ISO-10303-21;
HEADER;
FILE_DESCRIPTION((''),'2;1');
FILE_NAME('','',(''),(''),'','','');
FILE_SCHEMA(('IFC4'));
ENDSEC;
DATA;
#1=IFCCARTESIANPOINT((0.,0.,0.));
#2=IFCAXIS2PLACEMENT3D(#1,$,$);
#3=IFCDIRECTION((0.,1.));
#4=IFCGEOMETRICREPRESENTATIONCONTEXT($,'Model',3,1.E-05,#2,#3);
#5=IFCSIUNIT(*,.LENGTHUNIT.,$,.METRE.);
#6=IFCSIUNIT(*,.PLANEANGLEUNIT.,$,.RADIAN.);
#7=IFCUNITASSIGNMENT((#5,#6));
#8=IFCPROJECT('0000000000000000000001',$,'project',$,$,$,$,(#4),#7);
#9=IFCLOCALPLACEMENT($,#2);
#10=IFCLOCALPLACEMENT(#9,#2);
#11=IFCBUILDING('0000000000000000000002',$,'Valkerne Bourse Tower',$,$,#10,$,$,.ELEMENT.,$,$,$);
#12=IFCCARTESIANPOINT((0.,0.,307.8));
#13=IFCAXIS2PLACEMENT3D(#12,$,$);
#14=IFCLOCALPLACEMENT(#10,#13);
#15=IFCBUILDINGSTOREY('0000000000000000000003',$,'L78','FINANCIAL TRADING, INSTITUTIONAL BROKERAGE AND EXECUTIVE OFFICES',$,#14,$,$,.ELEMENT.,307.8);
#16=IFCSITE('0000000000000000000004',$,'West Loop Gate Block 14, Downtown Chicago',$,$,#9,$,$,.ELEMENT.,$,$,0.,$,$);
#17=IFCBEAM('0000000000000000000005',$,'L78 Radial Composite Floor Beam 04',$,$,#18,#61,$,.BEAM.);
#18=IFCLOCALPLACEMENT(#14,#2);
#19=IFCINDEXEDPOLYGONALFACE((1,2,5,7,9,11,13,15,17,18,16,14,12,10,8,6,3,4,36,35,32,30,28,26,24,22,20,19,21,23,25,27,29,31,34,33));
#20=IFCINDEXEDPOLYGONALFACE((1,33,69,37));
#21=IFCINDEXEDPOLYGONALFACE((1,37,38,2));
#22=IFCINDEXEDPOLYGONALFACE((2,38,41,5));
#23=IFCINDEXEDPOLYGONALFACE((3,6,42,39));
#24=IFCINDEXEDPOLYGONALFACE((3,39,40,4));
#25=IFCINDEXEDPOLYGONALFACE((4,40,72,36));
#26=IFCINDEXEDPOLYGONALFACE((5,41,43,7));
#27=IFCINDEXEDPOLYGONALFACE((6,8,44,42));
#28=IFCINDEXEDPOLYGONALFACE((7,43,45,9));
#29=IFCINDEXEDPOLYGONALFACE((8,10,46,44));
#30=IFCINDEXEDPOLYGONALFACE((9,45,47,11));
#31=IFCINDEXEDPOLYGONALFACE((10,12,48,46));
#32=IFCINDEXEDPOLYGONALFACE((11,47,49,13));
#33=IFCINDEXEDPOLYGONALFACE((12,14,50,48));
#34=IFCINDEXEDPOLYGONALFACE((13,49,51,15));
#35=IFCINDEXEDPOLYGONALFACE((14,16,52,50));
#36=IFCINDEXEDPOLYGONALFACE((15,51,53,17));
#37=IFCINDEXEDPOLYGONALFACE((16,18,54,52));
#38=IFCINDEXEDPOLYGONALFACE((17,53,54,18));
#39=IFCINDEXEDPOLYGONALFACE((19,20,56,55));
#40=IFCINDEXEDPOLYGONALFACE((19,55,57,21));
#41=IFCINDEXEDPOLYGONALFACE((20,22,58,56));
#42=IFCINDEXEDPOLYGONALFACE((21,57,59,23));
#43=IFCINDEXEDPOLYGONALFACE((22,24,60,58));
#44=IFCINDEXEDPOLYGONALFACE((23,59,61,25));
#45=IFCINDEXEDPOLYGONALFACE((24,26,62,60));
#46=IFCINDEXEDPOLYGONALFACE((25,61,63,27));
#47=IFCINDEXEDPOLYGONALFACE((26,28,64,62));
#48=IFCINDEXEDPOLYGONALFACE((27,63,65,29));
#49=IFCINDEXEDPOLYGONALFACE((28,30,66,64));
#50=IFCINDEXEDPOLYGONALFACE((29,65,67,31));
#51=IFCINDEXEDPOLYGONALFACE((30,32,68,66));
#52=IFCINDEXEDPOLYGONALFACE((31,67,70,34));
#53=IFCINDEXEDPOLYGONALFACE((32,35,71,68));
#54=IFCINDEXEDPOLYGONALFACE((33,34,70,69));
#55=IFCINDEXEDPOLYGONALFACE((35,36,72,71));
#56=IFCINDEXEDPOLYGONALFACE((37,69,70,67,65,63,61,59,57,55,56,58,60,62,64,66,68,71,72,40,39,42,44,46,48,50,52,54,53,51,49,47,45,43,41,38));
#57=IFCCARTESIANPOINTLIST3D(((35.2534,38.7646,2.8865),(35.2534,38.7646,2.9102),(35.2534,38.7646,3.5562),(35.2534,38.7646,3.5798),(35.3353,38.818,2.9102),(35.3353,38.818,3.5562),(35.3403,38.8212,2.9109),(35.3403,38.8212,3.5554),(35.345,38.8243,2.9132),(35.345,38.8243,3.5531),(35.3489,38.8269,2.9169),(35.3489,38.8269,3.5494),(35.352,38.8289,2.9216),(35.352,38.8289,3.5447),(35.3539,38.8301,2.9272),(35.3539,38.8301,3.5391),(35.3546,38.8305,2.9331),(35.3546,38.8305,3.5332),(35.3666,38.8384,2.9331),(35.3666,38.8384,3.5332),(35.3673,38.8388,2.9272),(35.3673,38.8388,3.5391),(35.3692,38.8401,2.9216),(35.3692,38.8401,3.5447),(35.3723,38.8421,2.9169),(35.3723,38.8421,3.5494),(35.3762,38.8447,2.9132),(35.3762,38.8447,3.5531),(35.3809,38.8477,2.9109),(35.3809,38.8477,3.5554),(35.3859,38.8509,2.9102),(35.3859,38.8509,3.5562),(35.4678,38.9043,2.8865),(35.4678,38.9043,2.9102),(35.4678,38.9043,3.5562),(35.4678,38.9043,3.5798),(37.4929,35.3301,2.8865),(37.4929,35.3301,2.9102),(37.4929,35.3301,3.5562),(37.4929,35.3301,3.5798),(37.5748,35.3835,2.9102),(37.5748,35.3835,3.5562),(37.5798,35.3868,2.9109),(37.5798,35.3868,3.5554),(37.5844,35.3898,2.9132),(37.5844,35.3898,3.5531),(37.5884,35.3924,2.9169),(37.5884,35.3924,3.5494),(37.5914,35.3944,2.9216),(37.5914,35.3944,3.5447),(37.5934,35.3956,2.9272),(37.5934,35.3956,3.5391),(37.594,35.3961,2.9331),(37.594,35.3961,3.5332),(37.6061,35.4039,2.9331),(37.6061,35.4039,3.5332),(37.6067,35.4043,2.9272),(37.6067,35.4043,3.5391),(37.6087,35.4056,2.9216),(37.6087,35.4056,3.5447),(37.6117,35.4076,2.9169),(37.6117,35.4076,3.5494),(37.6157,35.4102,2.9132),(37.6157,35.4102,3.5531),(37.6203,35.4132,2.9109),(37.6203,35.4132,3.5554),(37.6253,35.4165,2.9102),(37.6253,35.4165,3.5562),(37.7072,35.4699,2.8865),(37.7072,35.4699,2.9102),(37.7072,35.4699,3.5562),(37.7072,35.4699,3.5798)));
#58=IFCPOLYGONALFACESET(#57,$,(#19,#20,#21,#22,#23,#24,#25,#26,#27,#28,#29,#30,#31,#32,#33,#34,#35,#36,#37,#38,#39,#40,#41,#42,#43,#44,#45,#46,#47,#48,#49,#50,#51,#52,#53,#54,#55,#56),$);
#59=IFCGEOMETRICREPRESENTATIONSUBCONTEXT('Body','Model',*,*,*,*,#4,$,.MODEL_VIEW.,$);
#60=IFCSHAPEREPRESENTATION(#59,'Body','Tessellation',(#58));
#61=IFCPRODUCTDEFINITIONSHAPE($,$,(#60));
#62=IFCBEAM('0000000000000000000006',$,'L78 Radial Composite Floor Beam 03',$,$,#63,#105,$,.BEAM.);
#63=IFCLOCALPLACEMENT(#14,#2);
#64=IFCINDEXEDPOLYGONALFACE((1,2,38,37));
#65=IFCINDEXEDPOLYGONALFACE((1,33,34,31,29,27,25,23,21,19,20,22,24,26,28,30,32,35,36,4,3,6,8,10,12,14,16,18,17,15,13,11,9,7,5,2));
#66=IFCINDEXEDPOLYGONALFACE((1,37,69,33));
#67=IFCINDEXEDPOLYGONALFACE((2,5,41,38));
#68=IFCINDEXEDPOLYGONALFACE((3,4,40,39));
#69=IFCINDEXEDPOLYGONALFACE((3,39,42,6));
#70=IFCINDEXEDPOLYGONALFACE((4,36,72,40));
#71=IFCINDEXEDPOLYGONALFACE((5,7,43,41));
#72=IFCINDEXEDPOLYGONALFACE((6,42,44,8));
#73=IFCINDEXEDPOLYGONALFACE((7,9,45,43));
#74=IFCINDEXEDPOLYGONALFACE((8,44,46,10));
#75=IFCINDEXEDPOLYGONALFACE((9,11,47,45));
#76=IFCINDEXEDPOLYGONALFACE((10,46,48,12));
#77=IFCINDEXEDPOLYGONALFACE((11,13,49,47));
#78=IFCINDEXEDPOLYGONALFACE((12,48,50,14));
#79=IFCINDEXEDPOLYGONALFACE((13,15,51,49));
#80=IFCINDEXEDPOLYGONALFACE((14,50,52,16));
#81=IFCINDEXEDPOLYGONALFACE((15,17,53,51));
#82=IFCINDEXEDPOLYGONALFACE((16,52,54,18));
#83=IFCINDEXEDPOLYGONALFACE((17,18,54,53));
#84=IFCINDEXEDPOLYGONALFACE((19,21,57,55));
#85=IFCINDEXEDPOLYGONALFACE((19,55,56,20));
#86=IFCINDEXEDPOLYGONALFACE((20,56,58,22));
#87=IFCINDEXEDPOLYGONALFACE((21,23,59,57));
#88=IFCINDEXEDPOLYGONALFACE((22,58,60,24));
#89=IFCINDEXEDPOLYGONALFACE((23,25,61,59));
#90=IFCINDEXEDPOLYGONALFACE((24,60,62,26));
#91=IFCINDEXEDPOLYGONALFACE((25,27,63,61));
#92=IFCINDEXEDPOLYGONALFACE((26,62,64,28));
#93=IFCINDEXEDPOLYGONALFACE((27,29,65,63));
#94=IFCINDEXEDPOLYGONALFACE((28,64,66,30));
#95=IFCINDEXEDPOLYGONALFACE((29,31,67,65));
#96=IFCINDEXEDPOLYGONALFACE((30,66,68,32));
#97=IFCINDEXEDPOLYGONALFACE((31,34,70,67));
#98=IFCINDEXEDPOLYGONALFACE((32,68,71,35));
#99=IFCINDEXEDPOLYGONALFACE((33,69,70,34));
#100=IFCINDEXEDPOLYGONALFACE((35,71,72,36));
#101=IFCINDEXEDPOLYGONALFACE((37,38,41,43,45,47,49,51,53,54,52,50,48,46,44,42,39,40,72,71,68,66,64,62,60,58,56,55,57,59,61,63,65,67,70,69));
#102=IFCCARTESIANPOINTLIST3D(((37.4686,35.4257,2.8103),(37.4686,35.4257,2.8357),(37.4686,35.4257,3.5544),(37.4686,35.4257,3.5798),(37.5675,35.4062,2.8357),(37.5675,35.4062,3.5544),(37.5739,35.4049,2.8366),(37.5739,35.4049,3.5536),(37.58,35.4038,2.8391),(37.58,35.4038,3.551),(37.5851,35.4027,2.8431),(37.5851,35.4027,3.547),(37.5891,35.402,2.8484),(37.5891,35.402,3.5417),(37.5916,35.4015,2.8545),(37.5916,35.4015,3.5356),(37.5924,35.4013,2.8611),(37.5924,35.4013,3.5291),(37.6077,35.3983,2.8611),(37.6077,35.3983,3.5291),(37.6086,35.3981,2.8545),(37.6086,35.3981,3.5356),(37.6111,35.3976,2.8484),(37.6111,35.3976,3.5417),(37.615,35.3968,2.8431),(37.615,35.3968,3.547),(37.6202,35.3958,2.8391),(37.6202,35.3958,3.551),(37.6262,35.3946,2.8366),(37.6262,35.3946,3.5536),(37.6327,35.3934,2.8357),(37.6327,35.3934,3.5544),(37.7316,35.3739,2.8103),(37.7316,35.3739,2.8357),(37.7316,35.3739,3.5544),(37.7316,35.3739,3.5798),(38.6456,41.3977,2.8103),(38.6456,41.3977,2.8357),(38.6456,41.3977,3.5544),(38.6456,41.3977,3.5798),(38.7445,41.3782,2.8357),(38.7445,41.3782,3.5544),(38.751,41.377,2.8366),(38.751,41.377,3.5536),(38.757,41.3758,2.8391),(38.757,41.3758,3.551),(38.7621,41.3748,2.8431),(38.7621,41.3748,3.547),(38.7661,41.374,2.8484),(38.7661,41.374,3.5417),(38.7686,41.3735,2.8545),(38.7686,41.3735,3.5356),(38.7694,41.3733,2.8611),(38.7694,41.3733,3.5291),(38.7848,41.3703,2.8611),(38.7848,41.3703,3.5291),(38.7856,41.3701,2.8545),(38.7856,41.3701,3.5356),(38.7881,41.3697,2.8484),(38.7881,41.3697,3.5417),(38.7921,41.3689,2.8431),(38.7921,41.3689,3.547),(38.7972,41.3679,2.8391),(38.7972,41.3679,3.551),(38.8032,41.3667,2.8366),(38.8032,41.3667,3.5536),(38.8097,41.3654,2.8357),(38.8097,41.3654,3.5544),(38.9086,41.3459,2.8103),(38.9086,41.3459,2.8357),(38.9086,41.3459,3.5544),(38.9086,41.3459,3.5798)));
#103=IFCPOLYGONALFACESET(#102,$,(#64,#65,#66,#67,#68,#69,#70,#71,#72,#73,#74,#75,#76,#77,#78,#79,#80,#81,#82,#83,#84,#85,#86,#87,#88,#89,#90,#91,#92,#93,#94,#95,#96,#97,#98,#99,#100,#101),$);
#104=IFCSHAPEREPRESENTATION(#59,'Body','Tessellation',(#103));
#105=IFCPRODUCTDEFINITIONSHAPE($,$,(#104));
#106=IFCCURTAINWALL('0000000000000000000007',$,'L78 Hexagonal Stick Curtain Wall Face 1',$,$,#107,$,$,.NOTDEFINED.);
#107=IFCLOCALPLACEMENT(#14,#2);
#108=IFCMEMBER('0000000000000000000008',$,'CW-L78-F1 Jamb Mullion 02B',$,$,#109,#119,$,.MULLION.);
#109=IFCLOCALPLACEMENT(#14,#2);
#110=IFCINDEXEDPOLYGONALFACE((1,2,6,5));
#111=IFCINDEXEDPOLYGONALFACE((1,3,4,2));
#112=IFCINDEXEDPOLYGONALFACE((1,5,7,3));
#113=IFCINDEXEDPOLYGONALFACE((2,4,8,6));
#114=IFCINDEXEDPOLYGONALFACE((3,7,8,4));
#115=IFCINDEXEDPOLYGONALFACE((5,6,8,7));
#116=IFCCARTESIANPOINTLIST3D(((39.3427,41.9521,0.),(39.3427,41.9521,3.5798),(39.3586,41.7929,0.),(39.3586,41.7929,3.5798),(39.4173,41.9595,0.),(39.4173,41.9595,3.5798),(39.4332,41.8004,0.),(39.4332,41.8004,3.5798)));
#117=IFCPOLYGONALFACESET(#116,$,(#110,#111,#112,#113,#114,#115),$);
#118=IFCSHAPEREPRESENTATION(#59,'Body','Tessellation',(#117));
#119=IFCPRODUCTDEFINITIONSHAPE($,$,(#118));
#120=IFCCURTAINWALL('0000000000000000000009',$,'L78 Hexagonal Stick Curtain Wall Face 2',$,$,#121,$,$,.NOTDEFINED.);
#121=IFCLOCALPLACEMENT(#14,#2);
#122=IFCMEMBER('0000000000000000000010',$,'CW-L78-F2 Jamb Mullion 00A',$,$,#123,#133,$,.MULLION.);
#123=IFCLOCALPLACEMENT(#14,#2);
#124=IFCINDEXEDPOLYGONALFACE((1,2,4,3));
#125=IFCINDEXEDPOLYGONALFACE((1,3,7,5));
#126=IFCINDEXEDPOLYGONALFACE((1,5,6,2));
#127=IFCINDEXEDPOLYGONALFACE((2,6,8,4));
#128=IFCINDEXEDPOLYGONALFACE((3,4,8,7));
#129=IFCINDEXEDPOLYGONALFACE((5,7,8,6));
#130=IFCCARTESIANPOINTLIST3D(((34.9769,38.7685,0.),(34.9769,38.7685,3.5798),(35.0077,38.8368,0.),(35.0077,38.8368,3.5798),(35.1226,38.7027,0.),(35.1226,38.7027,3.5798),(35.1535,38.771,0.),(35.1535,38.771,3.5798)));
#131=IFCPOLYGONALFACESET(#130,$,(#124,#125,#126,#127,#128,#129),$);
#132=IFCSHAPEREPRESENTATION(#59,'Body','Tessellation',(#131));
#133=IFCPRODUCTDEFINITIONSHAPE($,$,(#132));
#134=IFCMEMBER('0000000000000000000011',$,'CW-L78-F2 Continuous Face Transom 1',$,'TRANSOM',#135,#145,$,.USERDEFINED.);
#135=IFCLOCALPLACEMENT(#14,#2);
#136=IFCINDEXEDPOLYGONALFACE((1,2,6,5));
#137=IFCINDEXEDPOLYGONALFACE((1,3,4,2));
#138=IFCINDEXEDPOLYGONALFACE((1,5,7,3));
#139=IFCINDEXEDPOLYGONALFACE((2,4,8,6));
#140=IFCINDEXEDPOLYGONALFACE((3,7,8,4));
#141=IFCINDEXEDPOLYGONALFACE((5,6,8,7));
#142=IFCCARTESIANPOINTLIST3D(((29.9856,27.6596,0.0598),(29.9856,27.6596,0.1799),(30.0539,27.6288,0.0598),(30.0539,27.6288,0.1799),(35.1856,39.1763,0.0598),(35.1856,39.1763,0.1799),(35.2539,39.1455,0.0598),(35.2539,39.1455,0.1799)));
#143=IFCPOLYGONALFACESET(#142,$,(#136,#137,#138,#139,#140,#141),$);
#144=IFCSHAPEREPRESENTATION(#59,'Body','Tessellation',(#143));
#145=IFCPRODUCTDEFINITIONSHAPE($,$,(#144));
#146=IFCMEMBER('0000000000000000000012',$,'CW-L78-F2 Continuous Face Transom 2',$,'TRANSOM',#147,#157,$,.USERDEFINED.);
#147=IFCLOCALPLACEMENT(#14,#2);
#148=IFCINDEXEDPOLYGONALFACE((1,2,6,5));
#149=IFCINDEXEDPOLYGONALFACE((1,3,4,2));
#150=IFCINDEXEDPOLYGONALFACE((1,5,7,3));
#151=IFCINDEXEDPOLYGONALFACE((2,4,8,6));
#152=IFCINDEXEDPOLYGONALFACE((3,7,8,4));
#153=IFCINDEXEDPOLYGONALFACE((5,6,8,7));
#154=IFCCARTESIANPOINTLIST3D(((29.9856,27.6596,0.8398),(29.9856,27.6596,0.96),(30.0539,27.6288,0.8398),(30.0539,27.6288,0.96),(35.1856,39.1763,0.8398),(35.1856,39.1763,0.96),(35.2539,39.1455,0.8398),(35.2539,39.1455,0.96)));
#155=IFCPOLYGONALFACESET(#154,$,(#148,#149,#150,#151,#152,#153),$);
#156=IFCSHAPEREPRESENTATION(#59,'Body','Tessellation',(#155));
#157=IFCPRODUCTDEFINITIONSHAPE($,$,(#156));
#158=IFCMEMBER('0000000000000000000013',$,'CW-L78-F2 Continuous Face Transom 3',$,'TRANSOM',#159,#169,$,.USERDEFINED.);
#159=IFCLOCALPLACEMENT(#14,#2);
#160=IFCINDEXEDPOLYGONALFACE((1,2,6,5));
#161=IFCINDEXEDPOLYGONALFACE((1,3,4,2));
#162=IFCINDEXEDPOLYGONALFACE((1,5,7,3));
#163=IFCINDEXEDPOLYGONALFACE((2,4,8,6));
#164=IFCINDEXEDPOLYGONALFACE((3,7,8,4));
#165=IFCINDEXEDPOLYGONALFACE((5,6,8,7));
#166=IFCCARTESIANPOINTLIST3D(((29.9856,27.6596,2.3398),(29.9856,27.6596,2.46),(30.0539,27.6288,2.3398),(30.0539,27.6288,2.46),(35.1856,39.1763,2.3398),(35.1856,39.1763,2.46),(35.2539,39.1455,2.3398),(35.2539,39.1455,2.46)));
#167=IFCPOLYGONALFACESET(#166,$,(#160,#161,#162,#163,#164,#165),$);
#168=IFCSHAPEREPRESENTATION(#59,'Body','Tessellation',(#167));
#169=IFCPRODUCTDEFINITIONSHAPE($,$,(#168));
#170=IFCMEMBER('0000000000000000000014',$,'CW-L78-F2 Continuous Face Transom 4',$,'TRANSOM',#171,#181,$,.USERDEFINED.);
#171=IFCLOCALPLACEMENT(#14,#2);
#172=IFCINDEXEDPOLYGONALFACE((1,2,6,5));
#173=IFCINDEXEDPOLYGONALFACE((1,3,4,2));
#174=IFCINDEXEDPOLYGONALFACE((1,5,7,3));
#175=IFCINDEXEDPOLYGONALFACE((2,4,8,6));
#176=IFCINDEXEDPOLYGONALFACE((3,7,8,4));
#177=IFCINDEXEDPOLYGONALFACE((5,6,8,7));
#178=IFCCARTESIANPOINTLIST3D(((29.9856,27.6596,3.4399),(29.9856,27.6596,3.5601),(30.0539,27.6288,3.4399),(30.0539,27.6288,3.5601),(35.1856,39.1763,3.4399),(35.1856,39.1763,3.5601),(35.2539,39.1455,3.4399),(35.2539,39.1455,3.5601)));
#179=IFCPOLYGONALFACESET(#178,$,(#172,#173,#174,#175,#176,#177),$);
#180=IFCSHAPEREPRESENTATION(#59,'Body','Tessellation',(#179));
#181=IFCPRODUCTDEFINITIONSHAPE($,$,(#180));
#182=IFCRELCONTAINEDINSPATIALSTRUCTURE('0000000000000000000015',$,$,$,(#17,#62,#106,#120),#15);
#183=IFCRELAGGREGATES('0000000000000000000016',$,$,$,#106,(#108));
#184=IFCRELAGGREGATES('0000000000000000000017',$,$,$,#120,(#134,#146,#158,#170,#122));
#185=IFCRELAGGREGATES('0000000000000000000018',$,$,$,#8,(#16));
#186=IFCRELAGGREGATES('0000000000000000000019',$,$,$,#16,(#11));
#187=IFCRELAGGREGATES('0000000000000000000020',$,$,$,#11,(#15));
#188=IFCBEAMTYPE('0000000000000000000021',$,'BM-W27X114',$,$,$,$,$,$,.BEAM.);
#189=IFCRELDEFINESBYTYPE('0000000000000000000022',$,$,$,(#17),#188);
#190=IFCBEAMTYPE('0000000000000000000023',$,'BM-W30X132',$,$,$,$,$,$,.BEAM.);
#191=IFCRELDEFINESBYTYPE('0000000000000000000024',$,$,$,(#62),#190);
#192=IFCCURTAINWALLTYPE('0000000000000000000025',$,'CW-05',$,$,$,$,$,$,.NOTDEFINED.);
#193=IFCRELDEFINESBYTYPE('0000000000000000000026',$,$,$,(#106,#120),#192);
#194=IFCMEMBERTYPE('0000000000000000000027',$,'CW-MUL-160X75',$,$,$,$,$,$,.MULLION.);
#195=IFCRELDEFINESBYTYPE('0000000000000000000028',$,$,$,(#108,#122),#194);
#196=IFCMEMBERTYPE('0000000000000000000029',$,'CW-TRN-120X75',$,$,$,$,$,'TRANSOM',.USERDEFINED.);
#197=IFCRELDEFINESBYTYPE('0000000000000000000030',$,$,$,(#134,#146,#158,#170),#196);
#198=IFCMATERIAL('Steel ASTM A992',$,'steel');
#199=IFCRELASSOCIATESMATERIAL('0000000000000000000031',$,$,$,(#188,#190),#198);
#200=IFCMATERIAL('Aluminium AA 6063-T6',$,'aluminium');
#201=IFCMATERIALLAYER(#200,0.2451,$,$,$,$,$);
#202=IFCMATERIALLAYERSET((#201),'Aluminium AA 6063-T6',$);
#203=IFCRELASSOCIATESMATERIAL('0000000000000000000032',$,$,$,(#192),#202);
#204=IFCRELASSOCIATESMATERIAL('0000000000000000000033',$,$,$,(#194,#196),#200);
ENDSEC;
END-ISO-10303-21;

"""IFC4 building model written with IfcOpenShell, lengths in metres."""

from ifc_helpers import new_model, si_unit, direction, frame, origin, origin_2d, place, context, subcontext, project, spatial, rectangle, i_section, extrude, material, layer, layer_set, material_profile, profile_set, type_object, element, aggregate, save


model = new_model("IFC4")

# Units and contexts
model_context = context("Model", 3, precision=1e-05, world=origin(), true_north=direction((0.0, 1.0)))
body_context = subcontext(model_context, "Body", "Model", "MODEL_VIEW")
ifc_project = project(units=[si_unit("LENGTHUNIT", "METRE"), si_unit("PLANEANGLEUNIT", "RADIAN")], contexts=[model_context])

# Site, building, storey
site_placement = place(None, origin())
site = spatial("IfcSite", under=ifc_project, at=site_placement, Name="West Loop Gate Block 14, Downtown Chicago", CompositionType="ELEMENT", RefElevation=0.0)
building_placement = place(site_placement, origin())
building = spatial("IfcBuilding", under=site, at=building_placement, Name="Valkerne Bourse Tower", CompositionType="ELEMENT")
storey_placement = place(building_placement, frame((0.0, 0.0, 307.8)))
storey = spatial("IfcBuildingStorey", under=building, at=storey_placement, Name="L78", Description="FINANCIAL TRADING, INSTITUTIONAL BROKERAGE AND EXECUTIVE OFFICES", CompositionType="ELEMENT", Elevation=307.8)

# Beams
ifc_material_1 = material(Name="Steel ASTM A992", Category="steel")
ifc_material_profile_1 = material_profile(ifc_material_1, i_section(OverallWidth=0.2559, OverallDepth=0.6934, WebThickness=0.0144, FlangeThickness=0.0237, FilletRadius=0.0229, at=origin_2d()), Name="W27X114")
ifc_profile_set_1 = profile_set([ifc_material_profile_1], Name="Steel ASTM A992")
beam_type_1 = type_object("IfcBeamType", Name="BM-W27X114", PredefinedType="BEAM", material=ifc_profile_set_1)
beam_1_placement = place(storey_placement, frame((35.3606, 38.8345, 3.2332), z_axis=(0.546193, -0.837659, 0.0), x_axis=(0.837659, 0.546193, 0.0)))
element("IfcBeam", 1, at=beam_1_placement, inside=storey, type_object=beam_type_1, Name="L78 Radial Composite Floor Beam 04", PredefinedType="BEAM", context=body_context, shape_type="SweptSolid", body=[
    extrude(i_section(OverallWidth=0.2559, OverallDepth=0.6934, WebThickness=0.0144, FlangeThickness=0.0237, FilletRadius=0.0229, at=origin_2d()), origin(), (0.0, 0.0, 1.0), 4.1001),
])
ifc_material_profile_2 = material_profile(ifc_material_1, i_section(OverallWidth=0.2681, OverallDepth=0.7695, WebThickness=0.0156, FlangeThickness=0.0254, FilletRadius=0.0254, at=origin_2d()), Name="W30X132")
ifc_profile_set_2 = profile_set([ifc_material_profile_2], Name="Steel ASTM A992")
beam_type_2 = type_object("IfcBeamType", Name="BM-W30X132", PredefinedType="BEAM", material=ifc_profile_set_2)
beam_2_placement = place(storey_placement, frame((38.7771, 41.3718, 3.1951), z_axis=(-0.193369, -0.981126, 0.0), x_axis=(0.981126, -0.193369, 0.0)))
element("IfcBeam", 2, at=beam_2_placement, inside=storey, type_object=beam_type_2, Name="L78 Radial Composite Floor Beam 03", PredefinedType="BEAM", context=body_context, shape_type="SweptSolid", body=[
    extrude(i_section(OverallWidth=0.2681, OverallDepth=0.7695, WebThickness=0.0156, FlangeThickness=0.0254, FilletRadius=0.0254, at=origin_2d()), origin(), (0.0, 0.0, 1.0), 6.0869),
])

# Curtain wall, member
ifc_material_2 = material(Name="Aluminium AA 6063-T6", Category="aluminium")
ifc_layer_1 = layer(ifc_material_2, 0.2451)
ifc_layer_set_1 = layer_set([ifc_layer_1], Name="Aluminium AA 6063-T6")
curtain_wall_type = type_object("IfcCurtainWallType", Name="CW-05", PredefinedType="NOTDEFINED", material=ifc_layer_set_1)
curtain_wall_1_placement = place(storey_placement, origin())
curtain_wall_1 = element("IfcCurtainWall", 3, at=curtain_wall_1_placement, inside=storey, type_object=curtain_wall_type, Name="L78 Hexagonal Stick Curtain Wall Face 1", PredefinedType="NOTDEFINED")
ifc_material_profile_3 = material_profile(ifc_material_2, rectangle(XDim=0.075, YDim=0.1599, at=origin_2d()), Name="CWM-75X160")
ifc_profile_set_3 = profile_set([ifc_material_profile_3], Name="Aluminium AA 6063-T6")
member_type_1 = type_object("IfcMemberType", Name="CW-MUL-160X75", PredefinedType="MULLION", material=ifc_profile_set_3)
member_1_placement = place(storey_placement, frame((39.3879, 41.8762, 0.0), z_axis=(0.0, 0.0, 1.0), x_axis=(-0.995056, -0.099311, 0.0)))
member_1 = element("IfcMember", 4, at=member_1_placement, type_object=member_type_1, Name="CW-L78-F1 Jamb Mullion 02B", PredefinedType="MULLION", context=body_context, shape_type="SweptSolid", body=[
    extrude(rectangle(XDim=0.075, YDim=0.1599, at=origin_2d()), origin(), (0.0, 0.0, 1.0), 3.5798),
])
aggregate(curtain_wall_1, [member_1])

# Curtain wall, members
curtain_wall_2_placement = place(storey_placement, origin())
curtain_wall_2 = element("IfcCurtainWall", 5, at=curtain_wall_2_placement, inside=storey, type_object=curtain_wall_type, Name="L78 Hexagonal Stick Curtain Wall Face 2", PredefinedType="NOTDEFINED")
member_2_placement = place(storey_placement, frame((35.0652, 38.7698, 0.0), z_axis=(0.0, 0.0, 1.0), x_axis=(-0.411517, -0.911402, 0.0)))
member_2 = element("IfcMember", 6, at=member_2_placement, type_object=member_type_1, Name="CW-L78-F2 Jamb Mullion 00A", PredefinedType="MULLION", context=body_context, shape_type="SweptSolid", body=[
    extrude(rectangle(XDim=0.075, YDim=0.1599, at=origin_2d()), origin(), (0.0, 0.0, 1.0), 3.5798),
])
ifc_material_profile_4 = material_profile(ifc_material_2, rectangle(XDim=0.075, YDim=0.1201, at=origin_2d()), Name="CWT-75X120")
ifc_profile_set_4 = profile_set([ifc_material_profile_4], Name="Aluminium AA 6063-T6")
member_type_2 = type_object("IfcMemberType", Name="CW-TRN-120X75", ElementType="TRANSOM", PredefinedType="USERDEFINED", material=ifc_profile_set_4)
member_3_placement = place(storey_placement, frame((35.2197, 39.1609, 0.1199), z_axis=(-0.411515, -0.911403, 0.0), x_axis=(0.911403, -0.411515, 0.0)))
member_3 = element("IfcMember", 7, at=member_3_placement, type_object=member_type_2, Name="CW-L78-F2 Continuous Face Transom 1", ObjectType="TRANSOM", PredefinedType="USERDEFINED", context=body_context, shape_type="SweptSolid", body=[
    extrude(rectangle(XDim=0.075, YDim=0.1201, at=origin_2d()), origin(), (0.0, 0.0, 1.0), 12.6362),
])
member_4_placement = place(storey_placement, frame((35.2197, 39.1609, 0.8999), z_axis=(-0.411515, -0.911403, 0.0), x_axis=(0.911403, -0.411515, 0.0)))
member_4 = element("IfcMember", 8, at=member_4_placement, type_object=member_type_2, Name="CW-L78-F2 Continuous Face Transom 2", ObjectType="TRANSOM", PredefinedType="USERDEFINED", context=body_context, shape_type="SweptSolid", body=[
    extrude(rectangle(XDim=0.075, YDim=0.1201, at=origin_2d()), origin(), (0.0, 0.0, 1.0), 12.6362),
])
member_5_placement = place(storey_placement, frame((35.2197, 39.1609, 2.3999), z_axis=(-0.411515, -0.911403, 0.0), x_axis=(0.911403, -0.411515, 0.0)))
member_5 = element("IfcMember", 9, at=member_5_placement, type_object=member_type_2, Name="CW-L78-F2 Continuous Face Transom 3", ObjectType="TRANSOM", PredefinedType="USERDEFINED", context=body_context, shape_type="SweptSolid", body=[
    extrude(rectangle(XDim=0.075, YDim=0.1201, at=origin_2d()), origin(), (0.0, 0.0, 1.0), 12.6362),
])
member_6_placement = place(storey_placement, frame((35.2197, 39.1609, 3.5), z_axis=(-0.411515, -0.911403, 0.0), x_axis=(0.911403, -0.411515, 0.0)))
member_6 = element("IfcMember", 10, at=member_6_placement, type_object=member_type_2, Name="CW-L78-F2 Continuous Face Transom 4", ObjectType="TRANSOM", PredefinedType="USERDEFINED", context=body_context, shape_type="SweptSolid", body=[
    extrude(rectangle(XDim=0.075, YDim=0.1201, at=origin_2d()), origin(), (0.0, 0.0, 1.0), 12.6362),
])
aggregate(curtain_wall_2, [member_3, member_4, member_5, member_6, member_2])

save(model, "model.ifc")
